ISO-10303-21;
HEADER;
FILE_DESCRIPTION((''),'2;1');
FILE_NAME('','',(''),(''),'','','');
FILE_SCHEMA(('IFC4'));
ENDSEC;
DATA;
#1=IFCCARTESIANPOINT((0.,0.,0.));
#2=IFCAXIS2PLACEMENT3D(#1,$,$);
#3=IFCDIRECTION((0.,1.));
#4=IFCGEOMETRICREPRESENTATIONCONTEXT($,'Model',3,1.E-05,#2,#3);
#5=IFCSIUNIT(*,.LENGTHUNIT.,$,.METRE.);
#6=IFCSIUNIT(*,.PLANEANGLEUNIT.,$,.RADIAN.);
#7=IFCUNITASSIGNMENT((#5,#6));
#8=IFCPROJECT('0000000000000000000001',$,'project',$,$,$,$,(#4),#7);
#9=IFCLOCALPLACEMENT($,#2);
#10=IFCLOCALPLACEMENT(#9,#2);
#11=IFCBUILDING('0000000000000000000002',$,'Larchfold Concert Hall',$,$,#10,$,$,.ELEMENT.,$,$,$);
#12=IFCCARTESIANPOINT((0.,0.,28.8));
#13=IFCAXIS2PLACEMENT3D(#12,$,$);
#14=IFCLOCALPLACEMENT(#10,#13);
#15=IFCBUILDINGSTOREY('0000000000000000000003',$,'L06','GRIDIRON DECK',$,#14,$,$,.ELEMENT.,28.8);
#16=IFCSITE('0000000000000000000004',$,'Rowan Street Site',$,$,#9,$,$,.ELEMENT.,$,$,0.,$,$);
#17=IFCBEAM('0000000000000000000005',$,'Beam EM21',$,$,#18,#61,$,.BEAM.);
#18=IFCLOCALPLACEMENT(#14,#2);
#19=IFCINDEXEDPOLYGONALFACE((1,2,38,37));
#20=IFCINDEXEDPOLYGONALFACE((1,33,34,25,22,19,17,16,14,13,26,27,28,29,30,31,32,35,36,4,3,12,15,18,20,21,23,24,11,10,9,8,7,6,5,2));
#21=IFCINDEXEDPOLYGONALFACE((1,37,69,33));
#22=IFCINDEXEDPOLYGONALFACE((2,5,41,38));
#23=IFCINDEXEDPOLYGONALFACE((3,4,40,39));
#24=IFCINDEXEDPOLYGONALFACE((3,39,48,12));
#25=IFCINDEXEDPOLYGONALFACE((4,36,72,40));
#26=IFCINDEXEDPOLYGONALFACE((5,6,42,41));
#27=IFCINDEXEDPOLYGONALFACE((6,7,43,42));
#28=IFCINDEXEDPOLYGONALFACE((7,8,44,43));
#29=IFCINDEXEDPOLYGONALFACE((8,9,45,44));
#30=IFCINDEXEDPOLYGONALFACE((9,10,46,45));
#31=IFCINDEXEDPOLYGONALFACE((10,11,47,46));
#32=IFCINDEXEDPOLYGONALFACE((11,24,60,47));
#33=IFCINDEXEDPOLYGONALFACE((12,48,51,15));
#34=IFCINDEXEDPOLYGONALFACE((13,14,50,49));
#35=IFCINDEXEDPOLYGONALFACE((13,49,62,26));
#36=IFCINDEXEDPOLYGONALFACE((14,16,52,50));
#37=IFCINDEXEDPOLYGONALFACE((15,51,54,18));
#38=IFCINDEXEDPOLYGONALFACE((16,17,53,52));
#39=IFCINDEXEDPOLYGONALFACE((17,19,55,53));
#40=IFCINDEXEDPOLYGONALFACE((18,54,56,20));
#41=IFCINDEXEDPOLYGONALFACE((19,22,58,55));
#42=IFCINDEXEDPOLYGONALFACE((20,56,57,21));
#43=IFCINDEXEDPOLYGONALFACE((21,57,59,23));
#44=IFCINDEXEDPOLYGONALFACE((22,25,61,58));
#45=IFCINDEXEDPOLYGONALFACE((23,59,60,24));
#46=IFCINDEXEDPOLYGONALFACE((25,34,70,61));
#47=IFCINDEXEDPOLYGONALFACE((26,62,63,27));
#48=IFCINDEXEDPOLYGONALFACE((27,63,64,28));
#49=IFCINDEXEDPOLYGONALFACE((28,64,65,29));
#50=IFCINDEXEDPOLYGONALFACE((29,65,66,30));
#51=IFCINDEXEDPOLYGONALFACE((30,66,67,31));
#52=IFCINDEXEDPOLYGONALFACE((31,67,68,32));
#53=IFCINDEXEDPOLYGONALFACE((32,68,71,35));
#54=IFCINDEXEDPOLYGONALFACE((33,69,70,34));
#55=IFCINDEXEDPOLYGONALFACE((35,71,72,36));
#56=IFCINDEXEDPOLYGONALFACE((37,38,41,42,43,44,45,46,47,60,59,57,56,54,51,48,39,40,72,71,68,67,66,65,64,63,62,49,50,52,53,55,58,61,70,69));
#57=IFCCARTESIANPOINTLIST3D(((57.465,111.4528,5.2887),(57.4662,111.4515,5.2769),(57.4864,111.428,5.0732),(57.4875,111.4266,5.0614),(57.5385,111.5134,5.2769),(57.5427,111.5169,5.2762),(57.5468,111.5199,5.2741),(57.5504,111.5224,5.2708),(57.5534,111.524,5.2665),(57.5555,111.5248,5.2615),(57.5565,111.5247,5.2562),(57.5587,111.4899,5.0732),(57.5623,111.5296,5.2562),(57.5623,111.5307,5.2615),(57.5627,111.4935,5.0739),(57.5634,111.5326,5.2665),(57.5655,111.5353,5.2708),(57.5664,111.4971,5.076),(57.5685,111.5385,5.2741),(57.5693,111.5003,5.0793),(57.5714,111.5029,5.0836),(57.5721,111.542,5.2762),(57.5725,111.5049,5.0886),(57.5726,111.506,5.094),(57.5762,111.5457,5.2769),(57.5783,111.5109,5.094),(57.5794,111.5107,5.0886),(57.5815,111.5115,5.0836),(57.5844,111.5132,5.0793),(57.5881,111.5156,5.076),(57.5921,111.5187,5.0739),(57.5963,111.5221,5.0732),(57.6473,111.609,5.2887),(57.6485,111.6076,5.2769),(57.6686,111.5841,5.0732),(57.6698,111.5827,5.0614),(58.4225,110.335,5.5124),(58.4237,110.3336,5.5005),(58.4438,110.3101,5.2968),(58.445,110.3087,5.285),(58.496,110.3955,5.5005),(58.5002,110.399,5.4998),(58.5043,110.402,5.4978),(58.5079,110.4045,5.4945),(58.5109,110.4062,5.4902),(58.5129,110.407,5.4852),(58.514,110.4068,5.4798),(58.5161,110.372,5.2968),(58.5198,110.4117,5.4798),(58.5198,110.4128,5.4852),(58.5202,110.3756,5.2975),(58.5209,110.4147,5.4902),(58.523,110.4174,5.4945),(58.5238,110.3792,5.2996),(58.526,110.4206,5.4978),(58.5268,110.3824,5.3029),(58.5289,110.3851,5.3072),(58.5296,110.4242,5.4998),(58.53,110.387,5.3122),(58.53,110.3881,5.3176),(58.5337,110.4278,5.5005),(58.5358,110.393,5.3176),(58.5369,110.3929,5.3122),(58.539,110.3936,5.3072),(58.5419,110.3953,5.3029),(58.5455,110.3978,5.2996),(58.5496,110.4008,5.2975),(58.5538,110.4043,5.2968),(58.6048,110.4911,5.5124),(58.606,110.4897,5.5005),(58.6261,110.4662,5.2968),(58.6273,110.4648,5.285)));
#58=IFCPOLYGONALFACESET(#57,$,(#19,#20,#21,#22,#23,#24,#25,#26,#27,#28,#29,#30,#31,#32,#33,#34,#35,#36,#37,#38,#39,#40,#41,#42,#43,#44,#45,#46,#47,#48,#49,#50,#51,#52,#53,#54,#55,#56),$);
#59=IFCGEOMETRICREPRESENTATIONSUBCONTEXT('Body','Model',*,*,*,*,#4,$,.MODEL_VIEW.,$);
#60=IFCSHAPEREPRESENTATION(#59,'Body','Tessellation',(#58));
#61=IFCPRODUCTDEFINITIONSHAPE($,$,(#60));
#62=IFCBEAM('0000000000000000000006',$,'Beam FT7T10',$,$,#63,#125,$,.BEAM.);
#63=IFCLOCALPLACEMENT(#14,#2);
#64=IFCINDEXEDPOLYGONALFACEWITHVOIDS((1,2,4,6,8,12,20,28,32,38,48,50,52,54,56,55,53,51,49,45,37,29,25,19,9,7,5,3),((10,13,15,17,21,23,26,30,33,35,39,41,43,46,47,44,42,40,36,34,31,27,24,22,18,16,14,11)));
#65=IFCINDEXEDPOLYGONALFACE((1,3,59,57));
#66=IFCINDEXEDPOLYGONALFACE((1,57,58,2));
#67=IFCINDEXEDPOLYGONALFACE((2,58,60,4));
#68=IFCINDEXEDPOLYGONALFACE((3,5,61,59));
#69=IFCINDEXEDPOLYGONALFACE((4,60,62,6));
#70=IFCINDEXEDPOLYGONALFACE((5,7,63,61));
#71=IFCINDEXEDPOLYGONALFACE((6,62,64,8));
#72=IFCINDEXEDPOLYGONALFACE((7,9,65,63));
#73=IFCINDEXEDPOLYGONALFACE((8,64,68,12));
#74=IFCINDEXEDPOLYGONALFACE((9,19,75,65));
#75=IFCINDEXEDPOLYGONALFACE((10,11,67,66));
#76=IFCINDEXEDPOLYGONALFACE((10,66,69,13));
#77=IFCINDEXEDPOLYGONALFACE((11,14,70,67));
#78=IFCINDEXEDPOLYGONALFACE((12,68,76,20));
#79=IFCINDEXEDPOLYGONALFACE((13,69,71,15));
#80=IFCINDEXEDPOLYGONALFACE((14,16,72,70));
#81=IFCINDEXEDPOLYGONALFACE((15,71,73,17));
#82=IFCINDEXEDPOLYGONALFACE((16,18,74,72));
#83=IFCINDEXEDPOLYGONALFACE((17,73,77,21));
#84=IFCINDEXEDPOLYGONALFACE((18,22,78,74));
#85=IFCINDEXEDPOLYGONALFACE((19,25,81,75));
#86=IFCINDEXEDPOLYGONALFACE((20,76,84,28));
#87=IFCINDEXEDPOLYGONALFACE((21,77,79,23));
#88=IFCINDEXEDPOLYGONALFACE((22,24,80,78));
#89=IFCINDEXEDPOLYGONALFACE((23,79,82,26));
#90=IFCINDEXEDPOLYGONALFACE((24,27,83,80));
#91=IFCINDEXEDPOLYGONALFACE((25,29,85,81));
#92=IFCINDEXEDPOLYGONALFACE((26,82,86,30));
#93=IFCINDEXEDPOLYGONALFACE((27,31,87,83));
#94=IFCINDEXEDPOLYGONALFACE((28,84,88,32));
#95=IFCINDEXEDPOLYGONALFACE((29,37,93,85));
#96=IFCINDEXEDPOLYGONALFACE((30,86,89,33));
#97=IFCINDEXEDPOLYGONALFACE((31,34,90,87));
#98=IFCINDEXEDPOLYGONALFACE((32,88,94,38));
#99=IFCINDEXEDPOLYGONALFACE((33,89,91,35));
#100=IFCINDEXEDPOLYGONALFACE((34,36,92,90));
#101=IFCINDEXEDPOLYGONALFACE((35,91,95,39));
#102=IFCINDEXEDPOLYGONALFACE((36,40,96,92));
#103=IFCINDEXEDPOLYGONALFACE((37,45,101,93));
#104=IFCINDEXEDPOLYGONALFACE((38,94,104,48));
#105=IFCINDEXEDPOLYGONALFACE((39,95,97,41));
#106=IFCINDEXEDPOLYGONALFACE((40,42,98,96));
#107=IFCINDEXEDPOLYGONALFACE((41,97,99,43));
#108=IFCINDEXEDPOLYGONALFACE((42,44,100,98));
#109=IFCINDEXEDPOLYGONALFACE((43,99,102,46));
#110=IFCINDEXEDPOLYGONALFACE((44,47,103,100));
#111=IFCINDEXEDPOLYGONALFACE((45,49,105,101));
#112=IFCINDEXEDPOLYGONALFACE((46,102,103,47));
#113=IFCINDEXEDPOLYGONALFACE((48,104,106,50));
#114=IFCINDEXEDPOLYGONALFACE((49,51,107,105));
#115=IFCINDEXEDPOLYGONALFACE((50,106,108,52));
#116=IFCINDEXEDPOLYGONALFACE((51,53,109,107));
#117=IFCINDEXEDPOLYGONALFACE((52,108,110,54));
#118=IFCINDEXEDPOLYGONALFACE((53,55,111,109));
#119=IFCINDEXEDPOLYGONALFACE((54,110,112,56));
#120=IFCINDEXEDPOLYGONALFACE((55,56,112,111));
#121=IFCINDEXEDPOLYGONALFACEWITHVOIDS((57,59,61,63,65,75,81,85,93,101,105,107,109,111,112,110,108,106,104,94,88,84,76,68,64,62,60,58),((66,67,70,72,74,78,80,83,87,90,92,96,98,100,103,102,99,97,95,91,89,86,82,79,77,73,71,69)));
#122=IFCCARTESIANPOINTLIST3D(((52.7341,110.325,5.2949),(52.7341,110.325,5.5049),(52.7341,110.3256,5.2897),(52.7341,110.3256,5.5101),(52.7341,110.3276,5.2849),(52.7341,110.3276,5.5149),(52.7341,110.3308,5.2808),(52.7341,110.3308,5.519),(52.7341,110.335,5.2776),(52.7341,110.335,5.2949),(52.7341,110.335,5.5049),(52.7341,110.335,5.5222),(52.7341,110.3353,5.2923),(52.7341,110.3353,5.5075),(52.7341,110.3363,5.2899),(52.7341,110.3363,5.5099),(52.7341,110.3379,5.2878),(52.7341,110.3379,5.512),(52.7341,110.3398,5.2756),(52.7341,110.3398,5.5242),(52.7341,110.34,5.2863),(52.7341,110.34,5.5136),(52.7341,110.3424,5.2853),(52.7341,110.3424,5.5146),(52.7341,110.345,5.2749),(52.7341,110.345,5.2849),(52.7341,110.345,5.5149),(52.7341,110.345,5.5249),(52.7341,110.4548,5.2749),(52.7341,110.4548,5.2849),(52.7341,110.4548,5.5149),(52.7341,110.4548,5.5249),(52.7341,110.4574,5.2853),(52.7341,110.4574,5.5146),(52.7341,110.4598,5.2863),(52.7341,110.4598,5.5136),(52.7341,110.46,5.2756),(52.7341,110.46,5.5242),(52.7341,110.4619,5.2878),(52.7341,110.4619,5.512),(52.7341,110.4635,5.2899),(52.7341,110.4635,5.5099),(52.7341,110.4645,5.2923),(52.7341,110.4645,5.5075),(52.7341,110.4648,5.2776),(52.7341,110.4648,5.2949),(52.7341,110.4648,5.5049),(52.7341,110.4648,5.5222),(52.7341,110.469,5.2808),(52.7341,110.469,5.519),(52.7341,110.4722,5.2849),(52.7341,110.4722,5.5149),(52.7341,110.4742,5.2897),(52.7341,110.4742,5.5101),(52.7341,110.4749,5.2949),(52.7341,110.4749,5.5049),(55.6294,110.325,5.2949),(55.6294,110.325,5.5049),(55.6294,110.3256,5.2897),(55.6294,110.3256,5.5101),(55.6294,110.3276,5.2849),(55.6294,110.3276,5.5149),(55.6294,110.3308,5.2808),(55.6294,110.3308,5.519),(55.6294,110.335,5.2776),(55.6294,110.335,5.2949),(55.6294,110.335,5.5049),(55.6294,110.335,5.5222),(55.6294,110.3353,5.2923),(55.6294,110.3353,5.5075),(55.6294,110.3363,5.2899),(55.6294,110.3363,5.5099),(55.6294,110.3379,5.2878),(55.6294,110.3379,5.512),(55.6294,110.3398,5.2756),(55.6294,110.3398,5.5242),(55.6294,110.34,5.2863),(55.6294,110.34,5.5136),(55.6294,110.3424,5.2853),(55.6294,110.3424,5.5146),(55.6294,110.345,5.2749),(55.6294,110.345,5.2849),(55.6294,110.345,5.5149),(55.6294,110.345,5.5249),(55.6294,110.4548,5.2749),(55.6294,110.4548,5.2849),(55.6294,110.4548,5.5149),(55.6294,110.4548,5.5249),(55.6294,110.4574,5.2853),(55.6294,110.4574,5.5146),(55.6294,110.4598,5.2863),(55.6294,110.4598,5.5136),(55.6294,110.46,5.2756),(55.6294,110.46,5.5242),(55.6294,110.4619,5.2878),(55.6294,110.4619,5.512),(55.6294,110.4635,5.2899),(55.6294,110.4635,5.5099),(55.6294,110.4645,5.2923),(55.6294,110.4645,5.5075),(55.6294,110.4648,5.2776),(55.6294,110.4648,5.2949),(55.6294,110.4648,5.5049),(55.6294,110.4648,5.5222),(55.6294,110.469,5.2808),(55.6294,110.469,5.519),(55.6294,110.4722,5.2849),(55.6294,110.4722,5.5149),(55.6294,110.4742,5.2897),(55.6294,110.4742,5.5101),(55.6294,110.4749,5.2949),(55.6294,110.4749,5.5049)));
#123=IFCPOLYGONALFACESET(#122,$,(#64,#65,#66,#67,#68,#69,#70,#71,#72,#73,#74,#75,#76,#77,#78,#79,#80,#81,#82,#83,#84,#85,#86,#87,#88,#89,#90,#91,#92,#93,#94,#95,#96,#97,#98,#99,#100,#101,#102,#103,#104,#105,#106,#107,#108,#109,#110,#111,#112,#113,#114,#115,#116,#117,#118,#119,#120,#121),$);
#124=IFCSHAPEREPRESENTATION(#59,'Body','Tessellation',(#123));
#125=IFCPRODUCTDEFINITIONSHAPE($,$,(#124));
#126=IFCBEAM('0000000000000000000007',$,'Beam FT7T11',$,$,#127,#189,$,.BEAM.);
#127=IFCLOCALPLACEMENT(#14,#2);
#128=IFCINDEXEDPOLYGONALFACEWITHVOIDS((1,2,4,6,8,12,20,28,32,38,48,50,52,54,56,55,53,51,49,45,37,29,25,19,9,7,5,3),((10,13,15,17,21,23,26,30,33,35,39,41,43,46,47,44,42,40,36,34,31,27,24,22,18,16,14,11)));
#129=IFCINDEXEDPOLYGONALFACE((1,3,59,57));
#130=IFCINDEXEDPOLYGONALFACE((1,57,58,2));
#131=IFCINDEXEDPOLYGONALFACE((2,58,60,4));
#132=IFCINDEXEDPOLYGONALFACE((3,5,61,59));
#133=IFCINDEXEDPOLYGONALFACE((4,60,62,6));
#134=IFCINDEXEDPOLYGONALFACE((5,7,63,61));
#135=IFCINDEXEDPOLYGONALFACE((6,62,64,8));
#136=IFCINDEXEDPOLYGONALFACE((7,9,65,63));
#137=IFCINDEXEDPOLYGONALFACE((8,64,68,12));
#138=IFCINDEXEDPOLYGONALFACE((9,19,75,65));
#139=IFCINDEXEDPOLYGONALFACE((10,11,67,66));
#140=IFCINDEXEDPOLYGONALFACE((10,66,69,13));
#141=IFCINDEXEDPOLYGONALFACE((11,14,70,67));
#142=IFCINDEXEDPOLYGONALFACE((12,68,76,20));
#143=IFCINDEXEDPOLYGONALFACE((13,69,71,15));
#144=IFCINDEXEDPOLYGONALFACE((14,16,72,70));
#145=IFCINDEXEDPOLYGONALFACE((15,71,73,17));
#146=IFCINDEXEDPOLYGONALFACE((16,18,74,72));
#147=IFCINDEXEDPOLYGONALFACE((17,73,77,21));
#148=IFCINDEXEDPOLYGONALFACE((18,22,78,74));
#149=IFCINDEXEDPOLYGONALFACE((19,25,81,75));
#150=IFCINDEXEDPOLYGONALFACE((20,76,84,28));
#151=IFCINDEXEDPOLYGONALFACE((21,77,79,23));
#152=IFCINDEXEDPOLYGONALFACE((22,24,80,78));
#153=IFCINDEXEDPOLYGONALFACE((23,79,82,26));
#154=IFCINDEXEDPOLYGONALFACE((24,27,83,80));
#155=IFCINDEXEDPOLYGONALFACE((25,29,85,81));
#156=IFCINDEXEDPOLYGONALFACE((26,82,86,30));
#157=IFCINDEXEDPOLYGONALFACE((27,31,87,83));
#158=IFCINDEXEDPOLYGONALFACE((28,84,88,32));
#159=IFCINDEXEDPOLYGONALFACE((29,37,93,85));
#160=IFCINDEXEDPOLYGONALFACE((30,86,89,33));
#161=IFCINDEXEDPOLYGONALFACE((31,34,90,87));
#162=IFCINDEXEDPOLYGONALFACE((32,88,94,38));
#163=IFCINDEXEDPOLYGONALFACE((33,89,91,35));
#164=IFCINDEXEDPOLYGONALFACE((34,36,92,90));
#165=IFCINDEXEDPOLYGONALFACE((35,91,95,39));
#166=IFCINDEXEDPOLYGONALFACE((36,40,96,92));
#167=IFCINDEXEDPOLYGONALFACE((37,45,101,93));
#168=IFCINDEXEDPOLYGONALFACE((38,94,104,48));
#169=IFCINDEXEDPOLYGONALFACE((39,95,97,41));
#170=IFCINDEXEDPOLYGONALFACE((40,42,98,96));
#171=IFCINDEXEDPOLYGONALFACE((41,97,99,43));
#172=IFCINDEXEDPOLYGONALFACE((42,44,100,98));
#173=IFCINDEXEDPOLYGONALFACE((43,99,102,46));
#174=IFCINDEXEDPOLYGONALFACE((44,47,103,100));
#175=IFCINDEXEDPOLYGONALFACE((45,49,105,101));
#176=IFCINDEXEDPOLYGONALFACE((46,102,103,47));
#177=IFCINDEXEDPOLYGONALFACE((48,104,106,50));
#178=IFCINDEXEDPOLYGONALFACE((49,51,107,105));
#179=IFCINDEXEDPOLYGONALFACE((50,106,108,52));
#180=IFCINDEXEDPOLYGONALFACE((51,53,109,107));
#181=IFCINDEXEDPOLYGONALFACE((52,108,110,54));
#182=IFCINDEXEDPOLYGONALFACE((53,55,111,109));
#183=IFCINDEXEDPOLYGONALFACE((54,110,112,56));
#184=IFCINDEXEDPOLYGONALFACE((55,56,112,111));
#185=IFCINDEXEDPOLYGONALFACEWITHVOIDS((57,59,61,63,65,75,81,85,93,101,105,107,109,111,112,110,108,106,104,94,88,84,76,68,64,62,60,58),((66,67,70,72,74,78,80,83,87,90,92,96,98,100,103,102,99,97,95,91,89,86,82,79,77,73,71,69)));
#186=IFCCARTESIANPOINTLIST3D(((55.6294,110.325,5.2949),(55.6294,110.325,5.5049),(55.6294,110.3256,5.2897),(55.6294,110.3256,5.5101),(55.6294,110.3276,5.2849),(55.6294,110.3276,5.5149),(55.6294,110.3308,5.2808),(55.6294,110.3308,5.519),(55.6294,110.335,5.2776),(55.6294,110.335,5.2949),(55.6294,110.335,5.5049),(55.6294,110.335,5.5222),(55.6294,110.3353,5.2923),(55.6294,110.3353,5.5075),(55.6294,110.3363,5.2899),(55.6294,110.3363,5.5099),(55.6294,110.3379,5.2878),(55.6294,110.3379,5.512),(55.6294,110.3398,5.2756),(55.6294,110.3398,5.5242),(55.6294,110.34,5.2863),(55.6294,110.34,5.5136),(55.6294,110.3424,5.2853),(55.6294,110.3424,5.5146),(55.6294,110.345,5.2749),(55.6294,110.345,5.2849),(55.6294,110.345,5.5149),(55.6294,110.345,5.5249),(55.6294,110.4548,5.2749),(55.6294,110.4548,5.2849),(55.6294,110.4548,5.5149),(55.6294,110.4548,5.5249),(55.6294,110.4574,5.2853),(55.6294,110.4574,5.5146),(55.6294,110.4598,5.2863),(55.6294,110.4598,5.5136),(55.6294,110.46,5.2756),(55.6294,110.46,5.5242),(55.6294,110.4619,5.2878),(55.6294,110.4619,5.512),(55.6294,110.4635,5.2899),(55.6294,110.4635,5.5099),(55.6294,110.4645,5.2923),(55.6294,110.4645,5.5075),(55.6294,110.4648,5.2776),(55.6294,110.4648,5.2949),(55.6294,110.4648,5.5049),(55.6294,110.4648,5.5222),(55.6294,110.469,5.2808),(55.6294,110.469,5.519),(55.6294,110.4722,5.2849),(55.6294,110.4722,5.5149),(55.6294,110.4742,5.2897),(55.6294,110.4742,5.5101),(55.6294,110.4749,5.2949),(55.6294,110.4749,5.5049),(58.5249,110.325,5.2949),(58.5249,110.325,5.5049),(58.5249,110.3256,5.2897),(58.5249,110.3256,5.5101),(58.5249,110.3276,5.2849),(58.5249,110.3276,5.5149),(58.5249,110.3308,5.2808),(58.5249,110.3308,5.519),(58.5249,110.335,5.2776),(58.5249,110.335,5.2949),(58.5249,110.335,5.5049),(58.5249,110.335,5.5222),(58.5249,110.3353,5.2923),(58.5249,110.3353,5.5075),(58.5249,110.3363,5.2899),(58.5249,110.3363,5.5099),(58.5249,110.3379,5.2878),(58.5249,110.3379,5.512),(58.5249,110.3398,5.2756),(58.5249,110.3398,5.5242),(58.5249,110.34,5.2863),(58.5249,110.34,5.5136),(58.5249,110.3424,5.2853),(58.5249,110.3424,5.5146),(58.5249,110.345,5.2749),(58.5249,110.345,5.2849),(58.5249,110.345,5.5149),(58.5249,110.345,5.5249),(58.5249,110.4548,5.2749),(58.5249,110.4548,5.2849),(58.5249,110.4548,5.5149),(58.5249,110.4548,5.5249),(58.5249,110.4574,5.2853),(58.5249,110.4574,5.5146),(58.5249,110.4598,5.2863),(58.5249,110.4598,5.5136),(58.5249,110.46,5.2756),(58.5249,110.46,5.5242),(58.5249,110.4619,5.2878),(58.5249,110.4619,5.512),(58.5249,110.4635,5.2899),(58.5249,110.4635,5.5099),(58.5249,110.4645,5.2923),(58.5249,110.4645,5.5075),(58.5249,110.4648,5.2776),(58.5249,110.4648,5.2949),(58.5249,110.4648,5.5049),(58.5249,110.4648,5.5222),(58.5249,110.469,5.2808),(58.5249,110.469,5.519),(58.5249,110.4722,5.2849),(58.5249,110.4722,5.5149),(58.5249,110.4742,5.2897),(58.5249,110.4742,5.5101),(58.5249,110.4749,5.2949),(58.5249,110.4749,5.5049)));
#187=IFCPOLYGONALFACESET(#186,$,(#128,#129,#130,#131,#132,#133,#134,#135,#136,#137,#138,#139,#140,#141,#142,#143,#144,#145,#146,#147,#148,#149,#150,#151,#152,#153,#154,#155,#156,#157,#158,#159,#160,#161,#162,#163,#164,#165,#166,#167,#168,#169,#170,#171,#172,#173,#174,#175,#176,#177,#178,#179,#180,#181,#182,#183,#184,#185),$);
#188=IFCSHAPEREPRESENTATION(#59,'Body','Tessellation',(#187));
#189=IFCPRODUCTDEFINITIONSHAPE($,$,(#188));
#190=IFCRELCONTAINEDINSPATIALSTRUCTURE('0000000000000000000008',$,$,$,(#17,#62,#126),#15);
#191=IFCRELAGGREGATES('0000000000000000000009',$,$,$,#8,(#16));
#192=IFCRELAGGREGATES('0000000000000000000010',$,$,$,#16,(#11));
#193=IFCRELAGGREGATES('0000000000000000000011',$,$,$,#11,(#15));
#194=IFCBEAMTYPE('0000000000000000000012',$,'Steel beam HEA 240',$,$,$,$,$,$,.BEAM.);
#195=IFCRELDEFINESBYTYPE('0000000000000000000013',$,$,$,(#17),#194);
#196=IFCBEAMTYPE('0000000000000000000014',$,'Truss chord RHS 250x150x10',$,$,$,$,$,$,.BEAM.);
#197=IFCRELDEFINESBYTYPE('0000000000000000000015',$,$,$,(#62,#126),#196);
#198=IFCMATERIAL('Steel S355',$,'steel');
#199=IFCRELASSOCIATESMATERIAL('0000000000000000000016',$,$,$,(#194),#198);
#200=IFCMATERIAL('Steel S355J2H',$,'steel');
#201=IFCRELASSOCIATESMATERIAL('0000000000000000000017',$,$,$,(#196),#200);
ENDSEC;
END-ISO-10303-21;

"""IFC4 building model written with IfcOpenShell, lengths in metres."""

from ifc_helpers import new_model, si_unit, direction, frame, origin, origin_2d, place, context, subcontext, project, spatial, hollow_rectangle, i_section, extrude, material, material_profile, profile_set, type_object, element, save


model = new_model("IFC4")

# Units and contexts
model_context = context("Model", 3, precision=1e-05, world=origin(), true_north=direction((0.0, 1.0)))
body_context = subcontext(model_context, "Body", "Model", "MODEL_VIEW")
ifc_project = project(units=[si_unit("LENGTHUNIT", "METRE"), si_unit("PLANEANGLEUNIT", "RADIAN")], contexts=[model_context])

# Site, building, storey
site_placement = place(None, origin())
site = spatial("IfcSite", under=ifc_project, at=site_placement, Name="Rowan Street Site", CompositionType="ELEMENT", RefElevation=0.0)
building_placement = place(site_placement, origin())
building = spatial("IfcBuilding", under=site, at=building_placement, Name="Larchfold Concert Hall", CompositionType="ELEMENT")
storey_placement = place(building_placement, frame((0.0, 0.0, 28.8)))
storey = spatial("IfcBuildingStorey", under=building, at=storey_placement, Name="L06", Description="GRIDIRON DECK", CompositionType="ELEMENT", Elevation=28.8)

# Beams
ifc_material_1 = material(Name="Steel S355", Category="steel")
ifc_material_profile_1 = material_profile(ifc_material_1, i_section(OverallWidth=0.24, OverallDepth=0.23, WebThickness=0.0076, FlangeThickness=0.012, FilletRadius=0.021, at=origin_2d()))
ifc_profile_set_1 = profile_set([ifc_material_profile_1], Name="Steel S355")
beam_type_1 = type_object("IfcBeamType", Name="Steel beam HEA 240", PredefinedType="BEAM", material=ifc_profile_set_1)
beam_1_placement = place(storey_placement, frame((58.5249, 110.3999, 5.3987), z_axis=(-0.643138, 0.750874, -0.150208), x_axis=(-0.759491, -0.650518, 0.0)))
element("IfcBeam", 1, at=beam_1_placement, inside=storey, type_object=beam_type_1, Name="Beam EM21", PredefinedType="BEAM", context=body_context, shape_type="SweptSolid", body=[
    extrude(i_section(OverallWidth=0.24, OverallDepth=0.23, WebThickness=0.0076, FlangeThickness=0.012, FilletRadius=0.021, at=origin_2d()), origin(), (0.0, 0.0, 1.0), 1.4888),
])
ifc_material_2 = material(Name="Steel S355J2H", Category="steel")
ifc_material_profile_2 = material_profile(ifc_material_2, hollow_rectangle(XDim=0.1499, YDim=0.25, WallThickness=0.01, InnerFilletRadius=0.01, OuterFilletRadius=0.02, at=origin_2d()))
ifc_profile_set_2 = profile_set([ifc_material_profile_2], Name="Steel S355J2H")
beam_type_2 = type_object("IfcBeamType", Name="Truss chord RHS 250x150x10", PredefinedType="BEAM", material=ifc_profile_set_2)
beam_2_placement = place(storey_placement, frame((52.7341, 110.3999, 5.3999), z_axis=(1.0, 0.0, 0.0), x_axis=(0.0, 1.0, 0.0)))
element("IfcBeam", 2, at=beam_2_placement, inside=storey, type_object=beam_type_2, Name="Beam FT7T10", PredefinedType="BEAM", context=body_context, shape_type="SweptSolid", body=[
    extrude(hollow_rectangle(XDim=0.1499, YDim=0.25, WallThickness=0.01, InnerFilletRadius=0.01, OuterFilletRadius=0.02, at=origin_2d()), origin(), (0.0, 0.0, 1.0), 2.8953),
])
beam_3_placement = place(storey_placement, frame((55.6294, 110.3999, 5.3999), z_axis=(1.0, 0.0, 0.0), x_axis=(0.0, 1.0, 0.0)))
element("IfcBeam", 3, at=beam_3_placement, inside=storey, type_object=beam_type_2, Name="Beam FT7T11", PredefinedType="BEAM", context=body_context, shape_type="SweptSolid", body=[
    extrude(hollow_rectangle(XDim=0.1499, YDim=0.25, WallThickness=0.01, InnerFilletRadius=0.01, OuterFilletRadius=0.02, at=origin_2d()), origin(), (0.0, 0.0, 1.0), 2.8955),
])

save(model, "model.ifc")
